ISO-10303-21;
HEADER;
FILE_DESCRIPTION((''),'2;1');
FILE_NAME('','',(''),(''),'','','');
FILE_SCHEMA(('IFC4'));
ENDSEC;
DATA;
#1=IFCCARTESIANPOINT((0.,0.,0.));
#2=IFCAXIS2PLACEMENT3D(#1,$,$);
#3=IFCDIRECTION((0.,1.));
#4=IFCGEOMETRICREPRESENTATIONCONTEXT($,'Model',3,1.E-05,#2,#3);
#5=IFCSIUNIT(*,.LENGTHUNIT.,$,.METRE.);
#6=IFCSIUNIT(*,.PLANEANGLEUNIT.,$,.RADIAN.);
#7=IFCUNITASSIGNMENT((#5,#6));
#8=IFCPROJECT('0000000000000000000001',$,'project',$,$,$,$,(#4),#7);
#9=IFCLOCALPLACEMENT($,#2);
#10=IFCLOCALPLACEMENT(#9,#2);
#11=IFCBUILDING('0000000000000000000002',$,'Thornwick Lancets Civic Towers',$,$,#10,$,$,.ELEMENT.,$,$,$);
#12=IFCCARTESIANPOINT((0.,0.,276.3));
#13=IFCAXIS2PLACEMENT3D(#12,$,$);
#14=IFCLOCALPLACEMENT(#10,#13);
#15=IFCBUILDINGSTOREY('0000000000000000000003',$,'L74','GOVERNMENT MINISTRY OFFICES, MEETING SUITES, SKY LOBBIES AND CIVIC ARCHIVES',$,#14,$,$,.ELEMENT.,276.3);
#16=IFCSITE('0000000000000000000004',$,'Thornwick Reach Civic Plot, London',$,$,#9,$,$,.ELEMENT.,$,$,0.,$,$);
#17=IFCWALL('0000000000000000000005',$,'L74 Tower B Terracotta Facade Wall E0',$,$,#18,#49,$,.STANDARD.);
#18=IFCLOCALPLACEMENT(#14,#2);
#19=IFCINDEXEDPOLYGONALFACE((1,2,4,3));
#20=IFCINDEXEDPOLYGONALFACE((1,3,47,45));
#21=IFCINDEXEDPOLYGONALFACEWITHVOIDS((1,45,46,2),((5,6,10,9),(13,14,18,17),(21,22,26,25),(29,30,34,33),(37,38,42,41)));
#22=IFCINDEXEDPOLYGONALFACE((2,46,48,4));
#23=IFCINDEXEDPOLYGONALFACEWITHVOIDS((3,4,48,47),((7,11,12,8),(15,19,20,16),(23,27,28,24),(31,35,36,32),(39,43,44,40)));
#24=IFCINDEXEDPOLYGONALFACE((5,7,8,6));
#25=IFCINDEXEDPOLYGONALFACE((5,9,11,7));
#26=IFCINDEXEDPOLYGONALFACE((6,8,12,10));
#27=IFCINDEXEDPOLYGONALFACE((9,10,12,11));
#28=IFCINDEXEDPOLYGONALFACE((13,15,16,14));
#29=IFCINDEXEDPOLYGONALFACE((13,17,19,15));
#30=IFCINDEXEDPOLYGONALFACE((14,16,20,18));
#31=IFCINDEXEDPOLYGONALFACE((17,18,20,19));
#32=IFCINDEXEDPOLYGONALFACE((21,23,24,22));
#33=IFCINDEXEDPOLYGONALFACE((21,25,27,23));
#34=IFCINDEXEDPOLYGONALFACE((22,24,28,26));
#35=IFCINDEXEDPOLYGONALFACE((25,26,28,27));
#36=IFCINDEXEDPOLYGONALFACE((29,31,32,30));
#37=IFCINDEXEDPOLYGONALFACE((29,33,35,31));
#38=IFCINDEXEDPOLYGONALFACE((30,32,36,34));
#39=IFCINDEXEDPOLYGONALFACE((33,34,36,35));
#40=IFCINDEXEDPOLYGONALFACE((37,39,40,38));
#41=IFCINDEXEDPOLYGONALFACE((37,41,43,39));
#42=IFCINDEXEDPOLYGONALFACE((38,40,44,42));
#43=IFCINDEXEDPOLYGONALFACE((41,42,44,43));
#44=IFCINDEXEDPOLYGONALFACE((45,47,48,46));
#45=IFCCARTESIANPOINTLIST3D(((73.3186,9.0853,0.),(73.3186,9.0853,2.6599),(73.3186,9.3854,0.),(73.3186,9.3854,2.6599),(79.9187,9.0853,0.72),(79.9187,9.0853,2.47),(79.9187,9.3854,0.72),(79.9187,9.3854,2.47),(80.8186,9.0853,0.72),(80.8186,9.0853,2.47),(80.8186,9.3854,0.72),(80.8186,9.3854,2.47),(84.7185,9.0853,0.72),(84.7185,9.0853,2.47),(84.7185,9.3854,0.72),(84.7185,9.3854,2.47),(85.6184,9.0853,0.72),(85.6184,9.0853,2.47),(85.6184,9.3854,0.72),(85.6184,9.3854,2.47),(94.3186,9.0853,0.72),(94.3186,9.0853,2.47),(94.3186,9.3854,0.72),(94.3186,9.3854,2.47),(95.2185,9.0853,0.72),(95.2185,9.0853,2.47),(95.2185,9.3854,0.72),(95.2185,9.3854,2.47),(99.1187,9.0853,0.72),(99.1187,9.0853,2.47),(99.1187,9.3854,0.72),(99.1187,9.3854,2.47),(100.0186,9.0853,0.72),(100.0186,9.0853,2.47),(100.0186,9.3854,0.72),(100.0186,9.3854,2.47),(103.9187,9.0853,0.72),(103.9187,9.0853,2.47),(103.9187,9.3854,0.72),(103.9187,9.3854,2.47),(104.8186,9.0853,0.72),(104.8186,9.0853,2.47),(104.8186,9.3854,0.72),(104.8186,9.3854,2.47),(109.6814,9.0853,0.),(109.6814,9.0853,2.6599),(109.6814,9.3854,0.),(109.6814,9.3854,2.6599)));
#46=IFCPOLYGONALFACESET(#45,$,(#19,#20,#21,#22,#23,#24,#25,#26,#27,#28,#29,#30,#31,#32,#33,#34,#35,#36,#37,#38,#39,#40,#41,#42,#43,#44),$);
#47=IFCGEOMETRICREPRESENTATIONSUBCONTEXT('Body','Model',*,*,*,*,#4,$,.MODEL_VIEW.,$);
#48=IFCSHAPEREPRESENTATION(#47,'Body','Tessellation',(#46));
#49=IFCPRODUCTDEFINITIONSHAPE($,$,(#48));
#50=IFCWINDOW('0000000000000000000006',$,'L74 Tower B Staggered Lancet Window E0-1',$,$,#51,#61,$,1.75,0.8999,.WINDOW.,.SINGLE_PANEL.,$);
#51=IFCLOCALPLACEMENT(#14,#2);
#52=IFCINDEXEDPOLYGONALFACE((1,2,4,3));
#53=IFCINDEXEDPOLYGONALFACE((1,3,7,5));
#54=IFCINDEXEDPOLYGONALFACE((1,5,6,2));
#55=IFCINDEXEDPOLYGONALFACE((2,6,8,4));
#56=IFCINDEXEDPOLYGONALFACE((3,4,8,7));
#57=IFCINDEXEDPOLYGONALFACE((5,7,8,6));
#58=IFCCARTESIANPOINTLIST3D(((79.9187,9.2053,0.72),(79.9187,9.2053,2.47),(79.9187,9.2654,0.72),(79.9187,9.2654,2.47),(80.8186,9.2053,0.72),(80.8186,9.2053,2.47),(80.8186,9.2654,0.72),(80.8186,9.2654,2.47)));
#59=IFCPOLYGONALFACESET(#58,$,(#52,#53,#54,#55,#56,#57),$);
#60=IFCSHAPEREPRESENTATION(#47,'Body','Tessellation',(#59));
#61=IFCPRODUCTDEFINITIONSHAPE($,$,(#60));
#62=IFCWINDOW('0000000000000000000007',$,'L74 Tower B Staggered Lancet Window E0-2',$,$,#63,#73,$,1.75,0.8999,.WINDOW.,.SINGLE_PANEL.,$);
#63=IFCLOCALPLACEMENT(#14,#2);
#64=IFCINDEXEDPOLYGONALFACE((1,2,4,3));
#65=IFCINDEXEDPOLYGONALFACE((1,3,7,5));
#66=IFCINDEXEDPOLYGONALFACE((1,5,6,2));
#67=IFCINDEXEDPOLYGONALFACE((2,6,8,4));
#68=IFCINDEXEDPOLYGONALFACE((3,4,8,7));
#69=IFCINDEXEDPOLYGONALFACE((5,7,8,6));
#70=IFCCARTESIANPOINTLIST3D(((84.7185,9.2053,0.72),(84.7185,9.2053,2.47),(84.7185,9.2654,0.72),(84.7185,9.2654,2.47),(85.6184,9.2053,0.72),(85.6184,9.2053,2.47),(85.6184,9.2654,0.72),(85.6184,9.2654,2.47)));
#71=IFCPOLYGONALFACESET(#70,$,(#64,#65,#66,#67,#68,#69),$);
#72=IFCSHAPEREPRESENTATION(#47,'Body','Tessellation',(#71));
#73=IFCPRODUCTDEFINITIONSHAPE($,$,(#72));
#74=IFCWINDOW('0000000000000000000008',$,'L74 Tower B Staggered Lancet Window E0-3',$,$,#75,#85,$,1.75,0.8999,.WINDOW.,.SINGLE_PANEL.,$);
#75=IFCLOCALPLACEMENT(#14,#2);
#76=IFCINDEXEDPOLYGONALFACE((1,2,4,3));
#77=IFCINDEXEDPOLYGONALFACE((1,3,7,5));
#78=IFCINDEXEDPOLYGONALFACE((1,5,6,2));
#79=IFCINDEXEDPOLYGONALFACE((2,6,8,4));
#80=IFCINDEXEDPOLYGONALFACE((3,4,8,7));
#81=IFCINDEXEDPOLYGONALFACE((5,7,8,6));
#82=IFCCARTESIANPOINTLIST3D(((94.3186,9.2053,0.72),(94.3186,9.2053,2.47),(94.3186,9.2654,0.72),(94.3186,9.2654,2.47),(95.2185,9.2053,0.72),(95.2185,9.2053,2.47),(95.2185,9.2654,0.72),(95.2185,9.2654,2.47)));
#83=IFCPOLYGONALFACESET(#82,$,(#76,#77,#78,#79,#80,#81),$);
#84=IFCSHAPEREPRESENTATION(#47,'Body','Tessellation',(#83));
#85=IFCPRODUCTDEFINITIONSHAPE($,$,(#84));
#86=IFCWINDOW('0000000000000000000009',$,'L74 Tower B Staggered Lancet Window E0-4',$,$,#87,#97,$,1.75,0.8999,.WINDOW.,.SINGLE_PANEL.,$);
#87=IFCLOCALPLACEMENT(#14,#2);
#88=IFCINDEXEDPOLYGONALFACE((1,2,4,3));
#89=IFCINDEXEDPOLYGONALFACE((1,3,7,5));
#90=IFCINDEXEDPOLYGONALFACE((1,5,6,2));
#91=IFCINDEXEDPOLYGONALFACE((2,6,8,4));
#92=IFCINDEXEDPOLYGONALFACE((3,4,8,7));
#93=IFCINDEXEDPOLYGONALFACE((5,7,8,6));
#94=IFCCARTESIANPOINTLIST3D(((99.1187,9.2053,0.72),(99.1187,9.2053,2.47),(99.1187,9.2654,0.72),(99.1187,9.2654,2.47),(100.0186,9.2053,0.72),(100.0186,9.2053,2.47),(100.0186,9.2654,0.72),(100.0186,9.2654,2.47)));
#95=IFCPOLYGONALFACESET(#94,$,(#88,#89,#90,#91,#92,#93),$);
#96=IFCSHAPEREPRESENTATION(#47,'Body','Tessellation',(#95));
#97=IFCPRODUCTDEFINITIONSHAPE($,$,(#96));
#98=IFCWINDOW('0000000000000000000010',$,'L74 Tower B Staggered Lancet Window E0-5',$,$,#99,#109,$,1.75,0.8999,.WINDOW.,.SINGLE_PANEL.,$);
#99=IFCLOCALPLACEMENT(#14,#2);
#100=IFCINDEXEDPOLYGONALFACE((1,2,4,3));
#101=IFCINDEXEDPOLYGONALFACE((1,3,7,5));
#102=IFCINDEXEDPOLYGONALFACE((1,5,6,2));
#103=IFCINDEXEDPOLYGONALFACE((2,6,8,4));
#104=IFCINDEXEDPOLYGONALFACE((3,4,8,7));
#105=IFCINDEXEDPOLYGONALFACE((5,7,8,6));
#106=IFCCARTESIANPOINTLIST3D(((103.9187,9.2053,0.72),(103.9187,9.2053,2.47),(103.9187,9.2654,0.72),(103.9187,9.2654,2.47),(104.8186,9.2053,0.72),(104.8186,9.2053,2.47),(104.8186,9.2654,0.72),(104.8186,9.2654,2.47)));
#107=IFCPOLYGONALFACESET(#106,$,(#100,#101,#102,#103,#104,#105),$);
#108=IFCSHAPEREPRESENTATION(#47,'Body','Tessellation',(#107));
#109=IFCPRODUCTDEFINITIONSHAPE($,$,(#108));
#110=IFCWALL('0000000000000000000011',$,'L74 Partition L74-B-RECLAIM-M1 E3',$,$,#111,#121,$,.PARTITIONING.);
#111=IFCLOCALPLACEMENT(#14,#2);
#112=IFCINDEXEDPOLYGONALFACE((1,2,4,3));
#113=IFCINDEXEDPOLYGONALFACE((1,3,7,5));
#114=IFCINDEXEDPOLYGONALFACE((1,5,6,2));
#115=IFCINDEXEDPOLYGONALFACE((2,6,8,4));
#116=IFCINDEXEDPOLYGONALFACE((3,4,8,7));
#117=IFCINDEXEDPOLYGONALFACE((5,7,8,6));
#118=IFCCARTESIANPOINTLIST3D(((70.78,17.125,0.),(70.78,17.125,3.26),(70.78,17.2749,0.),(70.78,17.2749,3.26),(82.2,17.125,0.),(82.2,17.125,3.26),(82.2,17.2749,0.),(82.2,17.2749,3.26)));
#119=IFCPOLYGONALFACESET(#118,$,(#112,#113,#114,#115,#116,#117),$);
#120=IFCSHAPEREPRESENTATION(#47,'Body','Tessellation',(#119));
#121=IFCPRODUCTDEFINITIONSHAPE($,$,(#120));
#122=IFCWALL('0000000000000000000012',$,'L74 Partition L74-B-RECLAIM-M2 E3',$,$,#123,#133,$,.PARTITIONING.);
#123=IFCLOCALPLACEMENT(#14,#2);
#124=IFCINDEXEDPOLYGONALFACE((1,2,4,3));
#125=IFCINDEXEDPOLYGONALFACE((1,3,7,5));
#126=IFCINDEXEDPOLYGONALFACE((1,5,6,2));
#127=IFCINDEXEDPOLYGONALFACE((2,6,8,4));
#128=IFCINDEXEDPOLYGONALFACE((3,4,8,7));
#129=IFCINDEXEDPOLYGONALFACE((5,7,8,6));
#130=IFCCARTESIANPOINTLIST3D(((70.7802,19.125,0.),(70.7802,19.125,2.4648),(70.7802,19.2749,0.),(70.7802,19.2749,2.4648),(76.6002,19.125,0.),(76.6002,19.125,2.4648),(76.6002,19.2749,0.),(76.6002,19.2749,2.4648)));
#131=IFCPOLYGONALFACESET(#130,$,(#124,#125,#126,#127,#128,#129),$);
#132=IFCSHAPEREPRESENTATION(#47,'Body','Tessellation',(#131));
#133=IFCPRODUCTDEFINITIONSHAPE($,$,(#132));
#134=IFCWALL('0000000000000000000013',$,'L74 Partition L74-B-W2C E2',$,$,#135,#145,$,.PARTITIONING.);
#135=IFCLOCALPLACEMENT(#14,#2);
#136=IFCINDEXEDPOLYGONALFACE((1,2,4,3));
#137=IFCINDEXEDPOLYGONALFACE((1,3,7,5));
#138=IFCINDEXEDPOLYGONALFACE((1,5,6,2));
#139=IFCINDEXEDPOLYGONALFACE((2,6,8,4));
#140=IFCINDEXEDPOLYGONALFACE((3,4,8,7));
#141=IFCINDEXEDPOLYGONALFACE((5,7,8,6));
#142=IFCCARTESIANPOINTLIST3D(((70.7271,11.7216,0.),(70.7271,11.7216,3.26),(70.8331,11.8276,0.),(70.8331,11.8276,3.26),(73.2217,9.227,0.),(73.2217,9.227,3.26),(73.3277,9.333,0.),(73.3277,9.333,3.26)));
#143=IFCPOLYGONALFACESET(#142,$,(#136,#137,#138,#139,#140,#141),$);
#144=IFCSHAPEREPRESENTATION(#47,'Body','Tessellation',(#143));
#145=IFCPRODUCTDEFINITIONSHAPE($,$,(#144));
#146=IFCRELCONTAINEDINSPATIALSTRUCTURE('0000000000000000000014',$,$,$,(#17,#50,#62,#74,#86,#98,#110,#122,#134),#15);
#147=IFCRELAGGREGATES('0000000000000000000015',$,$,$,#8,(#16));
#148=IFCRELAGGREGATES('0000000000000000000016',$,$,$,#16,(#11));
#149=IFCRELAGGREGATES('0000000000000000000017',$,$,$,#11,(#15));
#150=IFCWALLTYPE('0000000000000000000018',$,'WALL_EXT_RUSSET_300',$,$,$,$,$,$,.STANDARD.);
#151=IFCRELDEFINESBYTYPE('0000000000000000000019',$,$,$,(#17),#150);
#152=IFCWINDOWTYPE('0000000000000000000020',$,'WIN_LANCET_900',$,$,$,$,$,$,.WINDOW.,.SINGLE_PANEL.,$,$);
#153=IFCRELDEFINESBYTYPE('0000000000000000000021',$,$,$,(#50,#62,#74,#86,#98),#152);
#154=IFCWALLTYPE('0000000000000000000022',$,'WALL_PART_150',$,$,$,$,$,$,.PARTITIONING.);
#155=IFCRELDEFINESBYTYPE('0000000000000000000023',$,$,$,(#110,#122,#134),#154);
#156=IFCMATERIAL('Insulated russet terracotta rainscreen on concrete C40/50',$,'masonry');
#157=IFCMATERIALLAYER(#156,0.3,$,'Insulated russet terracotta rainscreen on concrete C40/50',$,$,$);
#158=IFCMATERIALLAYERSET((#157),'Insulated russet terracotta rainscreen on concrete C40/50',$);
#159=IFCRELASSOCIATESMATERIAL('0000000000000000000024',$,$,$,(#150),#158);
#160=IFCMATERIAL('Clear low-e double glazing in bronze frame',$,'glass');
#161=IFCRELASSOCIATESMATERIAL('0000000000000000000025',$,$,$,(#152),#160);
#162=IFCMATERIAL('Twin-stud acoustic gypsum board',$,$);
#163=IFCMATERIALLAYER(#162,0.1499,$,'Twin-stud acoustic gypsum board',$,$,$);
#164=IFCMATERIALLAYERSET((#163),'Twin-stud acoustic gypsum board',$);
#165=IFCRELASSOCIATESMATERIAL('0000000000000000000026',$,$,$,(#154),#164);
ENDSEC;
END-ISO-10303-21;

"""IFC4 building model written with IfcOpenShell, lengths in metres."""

from ifc_helpers import new_model, si_unit, direction, frame, frame_2d, origin, place, context, subcontext, project, spatial, rectangle, extrude, material, layer, layer_set, type_object, element, fill, save


model = new_model("IFC4")

# Units and contexts
model_context = context("Model", 3, precision=1e-05, world=origin(), true_north=direction((0.0, 1.0)))
body_context = subcontext(model_context, "Body", "Model", "MODEL_VIEW")
ifc_project = project(units=[si_unit("LENGTHUNIT", "METRE"), si_unit("PLANEANGLEUNIT", "RADIAN")], contexts=[model_context])

# Site, building, storey
site_placement = place(None, origin())
site = spatial("IfcSite", under=ifc_project, at=site_placement, Name="Thornwick Reach Civic Plot, London", CompositionType="ELEMENT", RefElevation=0.0)
building_placement = place(site_placement, origin())
building = spatial("IfcBuilding", under=site, at=building_placement, Name="Thornwick Lancets Civic Towers", CompositionType="ELEMENT")
storey_placement = place(building_placement, frame((0.0, 0.0, 276.3)))
storey = spatial("IfcBuildingStorey", under=building, at=storey_placement, Name="L74", Description="GOVERNMENT MINISTRY OFFICES, MEETING SUITES, SKY LOBBIES AND CIVIC ARCHIVES", CompositionType="ELEMENT", Elevation=276.3)

# Wall, openings, windows
ifc_material_1 = material(Name="Insulated russet terracotta rainscreen on concrete C40/50", Category="masonry")
ifc_layer_1 = layer(ifc_material_1, 0.3, Name="Insulated russet terracotta rainscreen on concrete C40/50")
ifc_layer_set_1 = layer_set([ifc_layer_1], Name="Insulated russet terracotta rainscreen on concrete C40/50")
wall_type_1 = type_object("IfcWallType", Name="WALL_EXT_RUSSET_300", PredefinedType="STANDARD", material=ifc_layer_set_1)
ifc_material_2 = material(Name="Clear low-e double glazing in bronze frame", Category="glass")
window_type = type_object("IfcWindowType", Name="WIN_LANCET_900", PartitioningType="SINGLE_PANEL", PredefinedType="WINDOW", material=ifc_material_2)
wall_1_placement = place(storey_placement, frame((73.3186, 9.2354, 0.0), z_axis=(0.0, 0.0, 1.0), x_axis=(1.0, 0.0, 0.0)))
wall_1 = element("IfcWall", 1, at=wall_1_placement, inside=storey, type_object=wall_type_1, Name="L74 Tower B Terracotta Facade Wall E0", PredefinedType="STANDARD", context=body_context, shape_type="SweptSolid", body=[
    extrude(rectangle(XDim=36.3628, YDim=0.3, at=frame_2d((18.1814, 0.0))), origin(), (0.0, 0.0, 1.0), 2.6599),
])
opening_1_placement = place(wall_1_placement, frame((6.6001, 0.0, 0.72)))
opening_1 = element("IfcOpeningElement", 2, at=opening_1_placement, cuts=wall_1, PredefinedType="OPENING", context=body_context, shape_type="SweptSolid", body=[
    extrude(rectangle(XDim=0.8999, YDim=1.75, at=frame_2d((0.45, 0.875))), frame((0.0, 0.1602, 0.0), z_axis=(0.0, -1.0, 0.0), x_axis=(1.0, 0.0, 0.0)), (0.0, 0.0, 1.0), 0.3201),
])
opening_2_placement = place(wall_1_placement, frame((11.3999, 0.0, 0.72)))
opening_2 = element("IfcOpeningElement", 3, at=opening_2_placement, cuts=wall_1, PredefinedType="OPENING", context=body_context, shape_type="SweptSolid", body=[
    extrude(rectangle(XDim=0.8999, YDim=1.75, at=frame_2d((0.45, 0.875))), frame((0.0, 0.1602, 0.0), z_axis=(0.0, -1.0, 0.0), x_axis=(1.0, 0.0, 0.0)), (0.0, 0.0, 1.0), 0.3201),
])
opening_3_placement = place(wall_1_placement, frame((21.0, 0.0, 0.72)))
opening_3 = element("IfcOpeningElement", 4, at=opening_3_placement, cuts=wall_1, PredefinedType="OPENING", context=body_context, shape_type="SweptSolid", body=[
    extrude(rectangle(XDim=0.8999, YDim=1.75, at=frame_2d((0.45, 0.875))), frame((0.0, 0.1602, 0.0), z_axis=(0.0, -1.0, 0.0), x_axis=(1.0, 0.0, 0.0)), (0.0, 0.0, 1.0), 0.3201),
])
opening_4_placement = place(wall_1_placement, frame((25.8, 0.0, 0.72)))
opening_4 = element("IfcOpeningElement", 5, at=opening_4_placement, cuts=wall_1, PredefinedType="OPENING", context=body_context, shape_type="SweptSolid", body=[
    extrude(rectangle(XDim=0.8999, YDim=1.75, at=frame_2d((0.45, 0.875))), frame((0.0, 0.1602, 0.0), z_axis=(0.0, -1.0, 0.0), x_axis=(1.0, 0.0, 0.0)), (0.0, 0.0, 1.0), 0.3201),
])
opening_5_placement = place(wall_1_placement, frame((30.6001, 0.0, 0.72)))
opening_5 = element("IfcOpeningElement", 6, at=opening_5_placement, cuts=wall_1, PredefinedType="OPENING", context=body_context, shape_type="SweptSolid", body=[
    extrude(rectangle(XDim=0.8999, YDim=1.75, at=frame_2d((0.45, 0.875))), frame((0.0, 0.1602, 0.0), z_axis=(0.0, -1.0, 0.0), x_axis=(1.0, 0.0, 0.0)), (0.0, 0.0, 1.0), 0.3201),
])
window_1_placement = place(opening_1_placement, origin())
window_1 = element("IfcWindow", 7, at=window_1_placement, inside=storey, type_object=window_type, Name="L74 Tower B Staggered Lancet Window E0-1", OverallHeight=1.75, OverallWidth=0.8999, PartitioningType="SINGLE_PANEL", PredefinedType="WINDOW", context=body_context, shape_type="SweptSolid", body=[
    extrude(rectangle(XDim=0.8999, YDim=1.75, at=frame_2d((0.45, 0.875))), frame((0.0, 0.03, 0.0), z_axis=(0.0, -1.0, 0.0), x_axis=(1.0, 0.0, 0.0)), (0.0, 0.0, 1.0), 0.0601),
])
fill(opening_1, window_1)
window_2_placement = place(opening_2_placement, origin())
window_2 = element("IfcWindow", 8, at=window_2_placement, inside=storey, type_object=window_type, Name="L74 Tower B Staggered Lancet Window E0-2", OverallHeight=1.75, OverallWidth=0.8999, PartitioningType="SINGLE_PANEL", PredefinedType="WINDOW", context=body_context, shape_type="SweptSolid", body=[
    extrude(rectangle(XDim=0.8999, YDim=1.75, at=frame_2d((0.45, 0.875))), frame((0.0, 0.03, 0.0), z_axis=(0.0, -1.0, 0.0), x_axis=(1.0, 0.0, 0.0)), (0.0, 0.0, 1.0), 0.0601),
])
fill(opening_2, window_2)
window_3_placement = place(opening_3_placement, origin())
window_3 = element("IfcWindow", 9, at=window_3_placement, inside=storey, type_object=window_type, Name="L74 Tower B Staggered Lancet Window E0-3", OverallHeight=1.75, OverallWidth=0.8999, PartitioningType="SINGLE_PANEL", PredefinedType="WINDOW", context=body_context, shape_type="SweptSolid", body=[
    extrude(rectangle(XDim=0.8999, YDim=1.75, at=frame_2d((0.45, 0.875))), frame((0.0, 0.03, 0.0), z_axis=(0.0, -1.0, 0.0), x_axis=(1.0, 0.0, 0.0)), (0.0, 0.0, 1.0), 0.0601),
])
fill(opening_3, window_3)
window_4_placement = place(opening_4_placement, origin())
window_4 = element("IfcWindow", 10, at=window_4_placement, inside=storey, type_object=window_type, Name="L74 Tower B Staggered Lancet Window E0-4", OverallHeight=1.75, OverallWidth=0.8999, PartitioningType="SINGLE_PANEL", PredefinedType="WINDOW", context=body_context, shape_type="SweptSolid", body=[
    extrude(rectangle(XDim=0.8999, YDim=1.75, at=frame_2d((0.45, 0.875))), frame((0.0, 0.03, 0.0), z_axis=(0.0, -1.0, 0.0), x_axis=(1.0, 0.0, 0.0)), (0.0, 0.0, 1.0), 0.0601),
])
fill(opening_4, window_4)
window_5_placement = place(opening_5_placement, origin())
window_5 = element("IfcWindow", 11, at=window_5_placement, inside=storey, type_object=window_type, Name="L74 Tower B Staggered Lancet Window E0-5", OverallHeight=1.75, OverallWidth=0.8999, PartitioningType="SINGLE_PANEL", PredefinedType="WINDOW", context=body_context, shape_type="SweptSolid", body=[
    extrude(rectangle(XDim=0.8999, YDim=1.75, at=frame_2d((0.45, 0.875))), frame((0.0, 0.03, 0.0), z_axis=(0.0, -1.0, 0.0), x_axis=(1.0, 0.0, 0.0)), (0.0, 0.0, 1.0), 0.0601),
])
fill(opening_5, window_5)

# Walls
ifc_material_3 = material(Name="Twin-stud acoustic gypsum board")
ifc_layer_2 = layer(ifc_material_3, 0.1499, Name="Twin-stud acoustic gypsum board")
ifc_layer_set_2 = layer_set([ifc_layer_2], Name="Twin-stud acoustic gypsum board")
wall_type_2 = type_object("IfcWallType", Name="WALL_PART_150", PredefinedType="PARTITIONING", material=ifc_layer_set_2)
wall_2_placement = place(storey_placement, frame((70.78, 17.2, 0.0), z_axis=(0.0, 0.0, 1.0), x_axis=(1.0, 0.0, 0.0)))
element("IfcWall", 12, at=wall_2_placement, inside=storey, type_object=wall_type_2, Name="L74 Partition L74-B-RECLAIM-M1 E3", PredefinedType="PARTITIONING", context=body_context, shape_type="SweptSolid", body=[
    extrude(rectangle(XDim=11.4199, YDim=0.1499, at=frame_2d((5.71, 0.0))), origin(), (0.0, 0.0, 1.0), 3.26),
])
wall_3_placement = place(storey_placement, frame((70.78, 19.2, 0.0), z_axis=(0.0, 0.0, 1.0), x_axis=(1.0, 0.0, 0.0)))
element("IfcWall", 13, at=wall_3_placement, inside=storey, type_object=wall_type_2, Name="L74 Partition L74-B-RECLAIM-M2 E3", PredefinedType="PARTITIONING", context=body_context, shape_type="SweptSolid", body=[
    extrude(rectangle(XDim=5.8201, YDim=0.1499, at=frame_2d((2.9102, 0.0))), origin(), (0.0, 0.0, 1.0), 2.4648),
])
wall_4_placement = place(storey_placement, frame((73.2747, 9.28, 0.0), z_axis=(0.0, 0.0, 1.0), x_axis=(-0.707107, 0.707107, 0.0)))
element("IfcWall", 14, at=wall_4_placement, inside=storey, type_object=wall_type_2, Name="L74 Partition L74-B-W2C E2", PredefinedType="PARTITIONING", context=body_context, shape_type="SweptSolid", body=[
    extrude(rectangle(XDim=3.5278, YDim=0.1499, at=frame_2d((1.7639, 0.0))), origin(), (0.0, 0.0, 1.0), 3.26),
])

save(model, "model.ifc")
